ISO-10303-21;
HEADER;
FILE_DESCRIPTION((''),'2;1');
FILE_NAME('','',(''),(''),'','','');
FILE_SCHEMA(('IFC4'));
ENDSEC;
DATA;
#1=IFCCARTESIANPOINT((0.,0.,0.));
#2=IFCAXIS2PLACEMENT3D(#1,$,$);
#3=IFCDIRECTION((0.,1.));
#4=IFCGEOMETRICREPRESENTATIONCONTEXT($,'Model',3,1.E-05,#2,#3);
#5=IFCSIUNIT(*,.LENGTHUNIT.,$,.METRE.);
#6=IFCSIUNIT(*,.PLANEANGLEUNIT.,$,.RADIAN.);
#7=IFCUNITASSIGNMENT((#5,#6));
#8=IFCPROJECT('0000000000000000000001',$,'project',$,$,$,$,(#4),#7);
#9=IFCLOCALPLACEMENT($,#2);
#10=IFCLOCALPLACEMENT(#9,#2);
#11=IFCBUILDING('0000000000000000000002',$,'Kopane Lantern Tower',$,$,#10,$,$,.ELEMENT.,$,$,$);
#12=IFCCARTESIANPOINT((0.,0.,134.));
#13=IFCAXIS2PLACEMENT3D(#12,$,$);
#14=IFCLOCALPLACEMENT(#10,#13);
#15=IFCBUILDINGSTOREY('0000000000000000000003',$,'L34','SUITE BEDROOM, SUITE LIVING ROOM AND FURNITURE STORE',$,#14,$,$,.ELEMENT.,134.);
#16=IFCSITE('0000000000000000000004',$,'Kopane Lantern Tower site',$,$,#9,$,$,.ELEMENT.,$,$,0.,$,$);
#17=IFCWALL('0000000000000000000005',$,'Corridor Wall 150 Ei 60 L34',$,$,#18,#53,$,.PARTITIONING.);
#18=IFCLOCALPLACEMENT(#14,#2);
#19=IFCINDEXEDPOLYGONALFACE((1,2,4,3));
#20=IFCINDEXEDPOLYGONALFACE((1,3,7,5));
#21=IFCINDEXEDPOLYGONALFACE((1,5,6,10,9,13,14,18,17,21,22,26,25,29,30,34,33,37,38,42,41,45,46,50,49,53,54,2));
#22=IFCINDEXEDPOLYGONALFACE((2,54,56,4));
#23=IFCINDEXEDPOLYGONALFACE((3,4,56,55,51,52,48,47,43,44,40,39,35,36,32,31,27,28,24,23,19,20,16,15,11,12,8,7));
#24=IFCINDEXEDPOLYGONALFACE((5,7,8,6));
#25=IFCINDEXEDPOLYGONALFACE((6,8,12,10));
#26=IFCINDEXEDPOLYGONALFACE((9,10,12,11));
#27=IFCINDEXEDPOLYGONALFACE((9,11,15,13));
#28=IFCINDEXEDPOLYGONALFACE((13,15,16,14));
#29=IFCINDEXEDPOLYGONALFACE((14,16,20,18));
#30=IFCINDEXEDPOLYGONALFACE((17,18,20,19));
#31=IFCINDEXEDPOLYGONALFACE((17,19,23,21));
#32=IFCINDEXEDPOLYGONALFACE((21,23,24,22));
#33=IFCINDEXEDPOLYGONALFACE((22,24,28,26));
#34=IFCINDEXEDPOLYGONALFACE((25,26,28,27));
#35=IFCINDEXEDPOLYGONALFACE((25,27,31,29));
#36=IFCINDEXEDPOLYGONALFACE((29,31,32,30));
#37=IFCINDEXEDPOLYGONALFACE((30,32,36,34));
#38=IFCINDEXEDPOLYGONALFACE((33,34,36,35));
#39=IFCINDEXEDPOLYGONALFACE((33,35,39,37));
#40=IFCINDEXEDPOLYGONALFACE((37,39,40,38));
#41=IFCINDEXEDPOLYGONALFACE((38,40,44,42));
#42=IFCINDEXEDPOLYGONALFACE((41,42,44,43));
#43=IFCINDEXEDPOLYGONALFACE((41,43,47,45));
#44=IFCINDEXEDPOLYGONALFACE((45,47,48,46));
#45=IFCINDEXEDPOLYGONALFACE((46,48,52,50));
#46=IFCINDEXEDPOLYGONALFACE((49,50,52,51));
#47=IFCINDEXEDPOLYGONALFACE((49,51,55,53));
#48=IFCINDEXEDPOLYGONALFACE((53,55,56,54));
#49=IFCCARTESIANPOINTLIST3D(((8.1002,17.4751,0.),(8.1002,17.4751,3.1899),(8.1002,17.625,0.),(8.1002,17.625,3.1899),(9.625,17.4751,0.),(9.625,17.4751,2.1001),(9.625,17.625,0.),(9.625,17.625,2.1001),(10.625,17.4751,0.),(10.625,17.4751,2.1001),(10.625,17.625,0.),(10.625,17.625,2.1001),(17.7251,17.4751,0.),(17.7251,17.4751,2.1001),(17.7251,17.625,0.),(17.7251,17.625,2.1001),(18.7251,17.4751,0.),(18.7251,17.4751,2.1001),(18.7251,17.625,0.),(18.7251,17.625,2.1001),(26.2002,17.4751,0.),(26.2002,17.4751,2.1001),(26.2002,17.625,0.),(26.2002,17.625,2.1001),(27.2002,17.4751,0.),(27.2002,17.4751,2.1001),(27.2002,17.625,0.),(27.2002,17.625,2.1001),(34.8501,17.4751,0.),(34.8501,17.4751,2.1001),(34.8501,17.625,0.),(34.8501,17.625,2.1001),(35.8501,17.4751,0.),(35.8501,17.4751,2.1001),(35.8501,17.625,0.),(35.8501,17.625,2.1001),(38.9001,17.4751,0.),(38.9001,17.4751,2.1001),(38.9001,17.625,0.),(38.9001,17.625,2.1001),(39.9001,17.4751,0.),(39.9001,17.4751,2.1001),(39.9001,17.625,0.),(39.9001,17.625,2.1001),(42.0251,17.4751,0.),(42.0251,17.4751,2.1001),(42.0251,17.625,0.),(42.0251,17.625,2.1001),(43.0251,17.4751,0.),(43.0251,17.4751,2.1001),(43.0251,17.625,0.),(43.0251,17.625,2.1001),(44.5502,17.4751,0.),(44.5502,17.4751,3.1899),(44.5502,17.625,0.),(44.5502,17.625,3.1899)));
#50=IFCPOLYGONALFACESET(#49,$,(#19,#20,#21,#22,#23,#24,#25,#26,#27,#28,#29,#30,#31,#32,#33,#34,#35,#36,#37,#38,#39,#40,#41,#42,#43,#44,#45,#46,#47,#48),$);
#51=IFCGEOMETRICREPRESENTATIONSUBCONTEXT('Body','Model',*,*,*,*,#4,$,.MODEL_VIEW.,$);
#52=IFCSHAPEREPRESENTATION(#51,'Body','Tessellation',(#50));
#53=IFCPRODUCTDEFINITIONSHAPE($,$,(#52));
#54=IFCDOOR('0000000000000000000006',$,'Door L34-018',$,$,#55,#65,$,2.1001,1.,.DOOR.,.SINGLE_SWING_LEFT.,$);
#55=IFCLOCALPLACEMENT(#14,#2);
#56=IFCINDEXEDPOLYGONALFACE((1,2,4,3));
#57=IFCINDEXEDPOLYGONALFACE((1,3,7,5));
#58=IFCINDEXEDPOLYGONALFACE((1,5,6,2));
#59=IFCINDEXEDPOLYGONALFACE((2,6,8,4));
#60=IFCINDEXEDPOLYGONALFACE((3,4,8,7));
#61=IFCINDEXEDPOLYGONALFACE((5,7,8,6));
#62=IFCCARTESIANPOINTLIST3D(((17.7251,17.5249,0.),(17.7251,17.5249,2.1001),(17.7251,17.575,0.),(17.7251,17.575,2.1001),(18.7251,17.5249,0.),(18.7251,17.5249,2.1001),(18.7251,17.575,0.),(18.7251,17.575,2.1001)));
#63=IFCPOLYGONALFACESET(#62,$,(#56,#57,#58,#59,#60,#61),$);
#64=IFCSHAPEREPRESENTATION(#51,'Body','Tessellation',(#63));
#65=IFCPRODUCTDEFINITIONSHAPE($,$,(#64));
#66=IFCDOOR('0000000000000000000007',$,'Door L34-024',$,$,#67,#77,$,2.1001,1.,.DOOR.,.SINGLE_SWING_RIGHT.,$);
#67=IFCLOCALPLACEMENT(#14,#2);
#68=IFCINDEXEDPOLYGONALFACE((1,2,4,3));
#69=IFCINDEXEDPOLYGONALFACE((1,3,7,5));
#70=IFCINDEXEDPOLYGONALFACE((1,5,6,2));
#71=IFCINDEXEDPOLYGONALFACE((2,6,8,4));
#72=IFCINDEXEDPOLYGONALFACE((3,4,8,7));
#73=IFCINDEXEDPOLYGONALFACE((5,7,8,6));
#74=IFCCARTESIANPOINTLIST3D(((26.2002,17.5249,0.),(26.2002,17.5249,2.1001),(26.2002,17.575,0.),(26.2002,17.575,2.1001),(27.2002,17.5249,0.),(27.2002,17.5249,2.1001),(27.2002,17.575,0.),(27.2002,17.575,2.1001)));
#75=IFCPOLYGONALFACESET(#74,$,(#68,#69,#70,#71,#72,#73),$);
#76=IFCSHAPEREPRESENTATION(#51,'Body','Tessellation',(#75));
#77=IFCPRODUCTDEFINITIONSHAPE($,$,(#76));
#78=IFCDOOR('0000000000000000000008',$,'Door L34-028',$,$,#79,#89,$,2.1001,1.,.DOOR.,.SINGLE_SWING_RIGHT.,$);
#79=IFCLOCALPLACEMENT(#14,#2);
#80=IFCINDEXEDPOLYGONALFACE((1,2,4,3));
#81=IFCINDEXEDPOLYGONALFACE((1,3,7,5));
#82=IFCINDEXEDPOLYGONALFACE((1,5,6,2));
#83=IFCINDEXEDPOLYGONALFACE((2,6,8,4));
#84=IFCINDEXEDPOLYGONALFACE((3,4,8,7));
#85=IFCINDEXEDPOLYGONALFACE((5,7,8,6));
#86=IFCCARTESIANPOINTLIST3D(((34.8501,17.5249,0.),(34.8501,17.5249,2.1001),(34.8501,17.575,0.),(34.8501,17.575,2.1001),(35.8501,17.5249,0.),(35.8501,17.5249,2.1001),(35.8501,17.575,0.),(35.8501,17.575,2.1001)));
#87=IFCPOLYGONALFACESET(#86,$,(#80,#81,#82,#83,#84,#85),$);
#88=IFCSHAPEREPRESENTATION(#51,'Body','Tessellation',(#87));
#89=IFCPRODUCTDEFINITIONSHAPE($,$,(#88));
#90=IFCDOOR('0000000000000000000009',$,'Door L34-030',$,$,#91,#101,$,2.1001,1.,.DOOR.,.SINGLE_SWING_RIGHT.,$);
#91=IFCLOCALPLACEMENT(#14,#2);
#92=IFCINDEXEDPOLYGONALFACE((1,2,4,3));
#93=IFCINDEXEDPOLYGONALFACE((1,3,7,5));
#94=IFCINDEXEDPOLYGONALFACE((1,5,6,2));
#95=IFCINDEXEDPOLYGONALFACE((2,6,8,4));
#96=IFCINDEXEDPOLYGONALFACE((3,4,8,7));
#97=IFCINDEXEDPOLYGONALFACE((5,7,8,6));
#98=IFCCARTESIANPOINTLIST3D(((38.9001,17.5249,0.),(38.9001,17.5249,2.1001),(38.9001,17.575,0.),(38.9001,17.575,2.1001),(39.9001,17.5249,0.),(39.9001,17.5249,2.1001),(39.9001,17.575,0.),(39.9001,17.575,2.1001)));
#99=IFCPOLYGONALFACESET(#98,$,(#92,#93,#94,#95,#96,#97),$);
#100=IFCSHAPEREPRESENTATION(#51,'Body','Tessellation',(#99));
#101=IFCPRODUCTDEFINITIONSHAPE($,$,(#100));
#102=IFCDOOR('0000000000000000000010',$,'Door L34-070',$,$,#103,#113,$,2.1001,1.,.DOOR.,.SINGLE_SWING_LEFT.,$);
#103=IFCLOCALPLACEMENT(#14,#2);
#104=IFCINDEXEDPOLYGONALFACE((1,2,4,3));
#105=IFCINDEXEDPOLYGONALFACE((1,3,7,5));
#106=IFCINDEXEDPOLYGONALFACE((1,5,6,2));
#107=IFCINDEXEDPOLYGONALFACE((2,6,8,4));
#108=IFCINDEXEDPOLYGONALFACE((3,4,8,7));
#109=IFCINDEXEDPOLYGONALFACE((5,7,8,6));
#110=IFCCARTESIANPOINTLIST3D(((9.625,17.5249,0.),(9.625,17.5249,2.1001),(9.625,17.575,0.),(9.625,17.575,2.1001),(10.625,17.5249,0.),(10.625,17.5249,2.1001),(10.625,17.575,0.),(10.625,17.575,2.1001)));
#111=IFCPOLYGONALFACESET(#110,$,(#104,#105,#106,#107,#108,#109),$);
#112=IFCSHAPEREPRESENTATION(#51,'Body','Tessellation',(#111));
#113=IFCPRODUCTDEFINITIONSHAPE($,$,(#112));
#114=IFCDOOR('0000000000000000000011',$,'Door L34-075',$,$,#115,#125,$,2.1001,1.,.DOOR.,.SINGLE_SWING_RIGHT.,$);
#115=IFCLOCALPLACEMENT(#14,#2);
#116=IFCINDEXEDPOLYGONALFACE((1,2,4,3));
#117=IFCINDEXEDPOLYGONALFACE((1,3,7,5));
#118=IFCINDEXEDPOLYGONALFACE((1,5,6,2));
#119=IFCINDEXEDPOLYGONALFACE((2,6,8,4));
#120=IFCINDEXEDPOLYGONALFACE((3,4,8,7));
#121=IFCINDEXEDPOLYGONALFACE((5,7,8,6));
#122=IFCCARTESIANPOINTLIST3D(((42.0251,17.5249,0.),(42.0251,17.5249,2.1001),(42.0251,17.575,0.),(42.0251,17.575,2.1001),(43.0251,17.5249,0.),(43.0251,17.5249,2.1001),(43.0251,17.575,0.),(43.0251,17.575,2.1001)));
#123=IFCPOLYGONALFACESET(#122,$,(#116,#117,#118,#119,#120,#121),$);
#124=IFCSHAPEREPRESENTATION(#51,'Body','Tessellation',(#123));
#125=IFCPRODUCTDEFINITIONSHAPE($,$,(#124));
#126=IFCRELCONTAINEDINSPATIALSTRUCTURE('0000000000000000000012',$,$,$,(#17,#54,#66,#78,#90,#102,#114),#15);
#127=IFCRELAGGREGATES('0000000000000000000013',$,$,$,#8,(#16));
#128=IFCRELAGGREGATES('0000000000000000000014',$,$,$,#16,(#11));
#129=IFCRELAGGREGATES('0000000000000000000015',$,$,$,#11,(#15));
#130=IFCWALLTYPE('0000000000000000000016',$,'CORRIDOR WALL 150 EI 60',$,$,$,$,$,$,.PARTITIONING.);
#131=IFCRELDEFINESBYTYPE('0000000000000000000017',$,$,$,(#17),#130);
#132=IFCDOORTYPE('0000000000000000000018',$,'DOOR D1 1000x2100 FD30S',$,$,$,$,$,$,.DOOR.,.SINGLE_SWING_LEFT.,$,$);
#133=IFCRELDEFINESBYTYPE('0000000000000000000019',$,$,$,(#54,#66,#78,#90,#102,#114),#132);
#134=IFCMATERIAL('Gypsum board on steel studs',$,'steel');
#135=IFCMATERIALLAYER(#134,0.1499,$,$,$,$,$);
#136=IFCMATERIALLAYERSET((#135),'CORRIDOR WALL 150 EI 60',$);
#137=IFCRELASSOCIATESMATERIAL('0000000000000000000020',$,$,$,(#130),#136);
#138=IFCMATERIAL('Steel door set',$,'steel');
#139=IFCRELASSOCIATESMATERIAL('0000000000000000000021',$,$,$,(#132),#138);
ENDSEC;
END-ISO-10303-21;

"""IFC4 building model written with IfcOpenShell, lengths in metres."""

from ifc_helpers import new_model, si_unit, direction, frame, frame_2d, origin, place, context, subcontext, project, spatial, rectangle, extrude, material, layer, layer_set, type_object, element, fill, save


model = new_model("IFC4")

# Units and contexts
model_context = context("Model", 3, precision=1e-05, world=origin(), true_north=direction((0.0, 1.0)))
body_context = subcontext(model_context, "Body", "Model", "MODEL_VIEW")
ifc_project = project(units=[si_unit("LENGTHUNIT", "METRE"), si_unit("PLANEANGLEUNIT", "RADIAN")], contexts=[model_context])

# Site, building, storey
site_placement = place(None, origin())
site = spatial("IfcSite", under=ifc_project, at=site_placement, Name="Kopane Lantern Tower site", CompositionType="ELEMENT", RefElevation=0.0)
building_placement = place(site_placement, origin())
building = spatial("IfcBuilding", under=site, at=building_placement, Name="Kopane Lantern Tower", CompositionType="ELEMENT")
storey_placement = place(building_placement, frame((0.0, 0.0, 134.0)))
storey = spatial("IfcBuildingStorey", under=building, at=storey_placement, Name="L34", Description="SUITE BEDROOM, SUITE LIVING ROOM AND FURNITURE STORE", CompositionType="ELEMENT", Elevation=134.0)

# Wall, openings, doors
ifc_material_1 = material(Name="Gypsum board on steel studs", Category="steel")
ifc_layer_1 = layer(ifc_material_1, 0.1499)
ifc_layer_set_1 = layer_set([ifc_layer_1], Name="CORRIDOR WALL 150 EI 60")
wall_type_1 = type_object("IfcWallType", Name="CORRIDOR WALL 150 EI 60", PredefinedType="PARTITIONING", material=ifc_layer_set_1)
wall_1_placement = place(storey_placement, frame((8.1001, 17.55, 0.0), z_axis=(0.0, 0.0, 1.0), x_axis=(1.0, 0.0, 0.0)))
wall_1 = element("IfcWall", 1, at=wall_1_placement, inside=storey, type_object=wall_type_1, Name="Corridor Wall 150 Ei 60 L34", PredefinedType="PARTITIONING", context=body_context, shape_type="SweptSolid", body=[
    extrude(rectangle(XDim=36.45, YDim=0.1499, at=frame_2d((18.2251, 0.0))), origin(), (0.0, 0.0, 1.0), 3.1899),
])
opening_1_placement = place(wall_1_placement, frame((9.625, 0.0, 0.0)))
opening_1 = element("IfcOpeningElement", 2, at=opening_1_placement, cuts=wall_1, PredefinedType="OPENING", context=body_context, shape_type="SweptSolid", body=[
    extrude(rectangle(XDim=1.0, YDim=2.1001, at=frame_2d((0.5, 1.05))), frame((0.0, 0.085, 0.0), z_axis=(0.0, -1.0, 0.0), x_axis=(1.0, 0.0, 0.0)), (0.0, 0.0, 1.0), 0.1699),
])
opening_2_placement = place(wall_1_placement, frame((18.1001, 0.0, 0.0)))
opening_2 = element("IfcOpeningElement", 3, at=opening_2_placement, cuts=wall_1, PredefinedType="OPENING", context=body_context, shape_type="SweptSolid", body=[
    extrude(rectangle(XDim=1.0, YDim=2.1001, at=frame_2d((0.5, 1.05))), frame((0.0, 0.085, 0.0), z_axis=(0.0, -1.0, 0.0), x_axis=(1.0, 0.0, 0.0)), (0.0, 0.0, 1.0), 0.1699),
])
opening_3_placement = place(wall_1_placement, frame((26.75, 0.0, 0.0)))
opening_3 = element("IfcOpeningElement", 4, at=opening_3_placement, cuts=wall_1, PredefinedType="OPENING", context=body_context, shape_type="SweptSolid", body=[
    extrude(rectangle(XDim=1.0, YDim=2.1001, at=frame_2d((0.5, 1.05))), frame((0.0, 0.085, 0.0), z_axis=(0.0, -1.0, 0.0), x_axis=(1.0, 0.0, 0.0)), (0.0, 0.0, 1.0), 0.1699),
])
opening_4_placement = place(wall_1_placement, frame((30.8, 0.0, 0.0)))
opening_4 = element("IfcOpeningElement", 5, at=opening_4_placement, cuts=wall_1, PredefinedType="OPENING", context=body_context, shape_type="SweptSolid", body=[
    extrude(rectangle(XDim=1.0, YDim=2.1001, at=frame_2d((0.5, 1.05))), frame((0.0, 0.085, 0.0), z_axis=(0.0, -1.0, 0.0), x_axis=(1.0, 0.0, 0.0)), (0.0, 0.0, 1.0), 0.1699),
])
opening_5_placement = place(wall_1_placement, frame((1.5249, 0.0, 0.0)))
opening_5 = element("IfcOpeningElement", 6, at=opening_5_placement, cuts=wall_1, PredefinedType="OPENING", context=body_context, shape_type="SweptSolid", body=[
    extrude(rectangle(XDim=1.0, YDim=2.1001, at=frame_2d((0.5, 1.05))), frame((0.0, 0.085, 0.0), z_axis=(0.0, -1.0, 0.0), x_axis=(1.0, 0.0, 0.0)), (0.0, 0.0, 1.0), 0.1699),
])
opening_6_placement = place(wall_1_placement, frame((33.925, 0.0, 0.0)))
opening_6 = element("IfcOpeningElement", 7, at=opening_6_placement, cuts=wall_1, PredefinedType="OPENING", context=body_context, shape_type="SweptSolid", body=[
    extrude(rectangle(XDim=1.0, YDim=2.1001, at=frame_2d((0.5, 1.05))), frame((0.0, 0.085, 0.0), z_axis=(0.0, -1.0, 0.0), x_axis=(1.0, 0.0, 0.0)), (0.0, 0.0, 1.0), 0.1699),
])
ifc_material_2 = material(Name="Steel door set", Category="steel")
door_type_1 = type_object("IfcDoorType", Name="DOOR D1 1000x2100 FD30S", OperationType="SINGLE_SWING_LEFT", PredefinedType="DOOR", material=ifc_material_2)
door_1_placement = place(opening_1_placement, origin())
door_1 = element("IfcDoor", 8, at=door_1_placement, inside=storey, type_object=door_type_1, Name="Door L34-018", OperationType="SINGLE_SWING_LEFT", OverallHeight=2.1001, OverallWidth=1.0, PredefinedType="DOOR", context=body_context, shape_type="SweptSolid", body=[
    extrude(rectangle(XDim=1.0, YDim=2.1001, at=frame_2d((0.5, 1.05))), frame((0.0, 0.0249, 0.0), z_axis=(0.0, -1.0, 0.0), x_axis=(1.0, 0.0, 0.0)), (0.0, 0.0, 1.0), 0.05),
])
fill(opening_1, door_1)
door_2_placement = place(opening_2_placement, origin())
door_2 = element("IfcDoor", 9, at=door_2_placement, inside=storey, type_object=door_type_1, Name="Door L34-024", OperationType="SINGLE_SWING_RIGHT", OverallHeight=2.1001, OverallWidth=1.0, PredefinedType="DOOR", context=body_context, shape_type="SweptSolid", body=[
    extrude(rectangle(XDim=1.0, YDim=2.1001, at=frame_2d((0.5, 1.05))), frame((0.0, 0.0249, 0.0), z_axis=(0.0, -1.0, 0.0), x_axis=(1.0, 0.0, 0.0)), (0.0, 0.0, 1.0), 0.05),
])
fill(opening_2, door_2)
door_3_placement = place(opening_3_placement, origin())
door_3 = element("IfcDoor", 10, at=door_3_placement, inside=storey, type_object=door_type_1, Name="Door L34-028", OperationType="SINGLE_SWING_RIGHT", OverallHeight=2.1001, OverallWidth=1.0, PredefinedType="DOOR", context=body_context, shape_type="SweptSolid", body=[
    extrude(rectangle(XDim=1.0, YDim=2.1001, at=frame_2d((0.5, 1.05))), frame((0.0, 0.0249, 0.0), z_axis=(0.0, -1.0, 0.0), x_axis=(1.0, 0.0, 0.0)), (0.0, 0.0, 1.0), 0.05),
])
fill(opening_3, door_3)
door_4_placement = place(opening_4_placement, origin())
door_4 = element("IfcDoor", 11, at=door_4_placement, inside=storey, type_object=door_type_1, Name="Door L34-030", OperationType="SINGLE_SWING_RIGHT", OverallHeight=2.1001, OverallWidth=1.0, PredefinedType="DOOR", context=body_context, shape_type="SweptSolid", body=[
    extrude(rectangle(XDim=1.0, YDim=2.1001, at=frame_2d((0.5, 1.05))), frame((0.0, 0.0249, 0.0), z_axis=(0.0, -1.0, 0.0), x_axis=(1.0, 0.0, 0.0)), (0.0, 0.0, 1.0), 0.05),
])
fill(opening_4, door_4)
door_5_placement = place(opening_5_placement, origin())
door_5 = element("IfcDoor", 12, at=door_5_placement, inside=storey, type_object=door_type_1, Name="Door L34-070", OperationType="SINGLE_SWING_LEFT", OverallHeight=2.1001, OverallWidth=1.0, PredefinedType="DOOR", context=body_context, shape_type="SweptSolid", body=[
    extrude(rectangle(XDim=1.0, YDim=2.1001, at=frame_2d((0.5, 1.05))), frame((0.0, 0.0249, 0.0), z_axis=(0.0, -1.0, 0.0), x_axis=(1.0, 0.0, 0.0)), (0.0, 0.0, 1.0), 0.05),
])
fill(opening_5, door_5)
door_6_placement = place(opening_6_placement, origin())
door_6 = element("IfcDoor", 13, at=door_6_placement, inside=storey, type_object=door_type_1, Name="Door L34-075", OperationType="SINGLE_SWING_RIGHT", OverallHeight=2.1001, OverallWidth=1.0, PredefinedType="DOOR", context=body_context, shape_type="SweptSolid", body=[
    extrude(rectangle(XDim=1.0, YDim=2.1001, at=frame_2d((0.5, 1.05))), frame((0.0, 0.0249, 0.0), z_axis=(0.0, -1.0, 0.0), x_axis=(1.0, 0.0, 0.0)), (0.0, 0.0, 1.0), 0.05),
])
fill(opening_6, door_6)

save(model, "model.ifc")
